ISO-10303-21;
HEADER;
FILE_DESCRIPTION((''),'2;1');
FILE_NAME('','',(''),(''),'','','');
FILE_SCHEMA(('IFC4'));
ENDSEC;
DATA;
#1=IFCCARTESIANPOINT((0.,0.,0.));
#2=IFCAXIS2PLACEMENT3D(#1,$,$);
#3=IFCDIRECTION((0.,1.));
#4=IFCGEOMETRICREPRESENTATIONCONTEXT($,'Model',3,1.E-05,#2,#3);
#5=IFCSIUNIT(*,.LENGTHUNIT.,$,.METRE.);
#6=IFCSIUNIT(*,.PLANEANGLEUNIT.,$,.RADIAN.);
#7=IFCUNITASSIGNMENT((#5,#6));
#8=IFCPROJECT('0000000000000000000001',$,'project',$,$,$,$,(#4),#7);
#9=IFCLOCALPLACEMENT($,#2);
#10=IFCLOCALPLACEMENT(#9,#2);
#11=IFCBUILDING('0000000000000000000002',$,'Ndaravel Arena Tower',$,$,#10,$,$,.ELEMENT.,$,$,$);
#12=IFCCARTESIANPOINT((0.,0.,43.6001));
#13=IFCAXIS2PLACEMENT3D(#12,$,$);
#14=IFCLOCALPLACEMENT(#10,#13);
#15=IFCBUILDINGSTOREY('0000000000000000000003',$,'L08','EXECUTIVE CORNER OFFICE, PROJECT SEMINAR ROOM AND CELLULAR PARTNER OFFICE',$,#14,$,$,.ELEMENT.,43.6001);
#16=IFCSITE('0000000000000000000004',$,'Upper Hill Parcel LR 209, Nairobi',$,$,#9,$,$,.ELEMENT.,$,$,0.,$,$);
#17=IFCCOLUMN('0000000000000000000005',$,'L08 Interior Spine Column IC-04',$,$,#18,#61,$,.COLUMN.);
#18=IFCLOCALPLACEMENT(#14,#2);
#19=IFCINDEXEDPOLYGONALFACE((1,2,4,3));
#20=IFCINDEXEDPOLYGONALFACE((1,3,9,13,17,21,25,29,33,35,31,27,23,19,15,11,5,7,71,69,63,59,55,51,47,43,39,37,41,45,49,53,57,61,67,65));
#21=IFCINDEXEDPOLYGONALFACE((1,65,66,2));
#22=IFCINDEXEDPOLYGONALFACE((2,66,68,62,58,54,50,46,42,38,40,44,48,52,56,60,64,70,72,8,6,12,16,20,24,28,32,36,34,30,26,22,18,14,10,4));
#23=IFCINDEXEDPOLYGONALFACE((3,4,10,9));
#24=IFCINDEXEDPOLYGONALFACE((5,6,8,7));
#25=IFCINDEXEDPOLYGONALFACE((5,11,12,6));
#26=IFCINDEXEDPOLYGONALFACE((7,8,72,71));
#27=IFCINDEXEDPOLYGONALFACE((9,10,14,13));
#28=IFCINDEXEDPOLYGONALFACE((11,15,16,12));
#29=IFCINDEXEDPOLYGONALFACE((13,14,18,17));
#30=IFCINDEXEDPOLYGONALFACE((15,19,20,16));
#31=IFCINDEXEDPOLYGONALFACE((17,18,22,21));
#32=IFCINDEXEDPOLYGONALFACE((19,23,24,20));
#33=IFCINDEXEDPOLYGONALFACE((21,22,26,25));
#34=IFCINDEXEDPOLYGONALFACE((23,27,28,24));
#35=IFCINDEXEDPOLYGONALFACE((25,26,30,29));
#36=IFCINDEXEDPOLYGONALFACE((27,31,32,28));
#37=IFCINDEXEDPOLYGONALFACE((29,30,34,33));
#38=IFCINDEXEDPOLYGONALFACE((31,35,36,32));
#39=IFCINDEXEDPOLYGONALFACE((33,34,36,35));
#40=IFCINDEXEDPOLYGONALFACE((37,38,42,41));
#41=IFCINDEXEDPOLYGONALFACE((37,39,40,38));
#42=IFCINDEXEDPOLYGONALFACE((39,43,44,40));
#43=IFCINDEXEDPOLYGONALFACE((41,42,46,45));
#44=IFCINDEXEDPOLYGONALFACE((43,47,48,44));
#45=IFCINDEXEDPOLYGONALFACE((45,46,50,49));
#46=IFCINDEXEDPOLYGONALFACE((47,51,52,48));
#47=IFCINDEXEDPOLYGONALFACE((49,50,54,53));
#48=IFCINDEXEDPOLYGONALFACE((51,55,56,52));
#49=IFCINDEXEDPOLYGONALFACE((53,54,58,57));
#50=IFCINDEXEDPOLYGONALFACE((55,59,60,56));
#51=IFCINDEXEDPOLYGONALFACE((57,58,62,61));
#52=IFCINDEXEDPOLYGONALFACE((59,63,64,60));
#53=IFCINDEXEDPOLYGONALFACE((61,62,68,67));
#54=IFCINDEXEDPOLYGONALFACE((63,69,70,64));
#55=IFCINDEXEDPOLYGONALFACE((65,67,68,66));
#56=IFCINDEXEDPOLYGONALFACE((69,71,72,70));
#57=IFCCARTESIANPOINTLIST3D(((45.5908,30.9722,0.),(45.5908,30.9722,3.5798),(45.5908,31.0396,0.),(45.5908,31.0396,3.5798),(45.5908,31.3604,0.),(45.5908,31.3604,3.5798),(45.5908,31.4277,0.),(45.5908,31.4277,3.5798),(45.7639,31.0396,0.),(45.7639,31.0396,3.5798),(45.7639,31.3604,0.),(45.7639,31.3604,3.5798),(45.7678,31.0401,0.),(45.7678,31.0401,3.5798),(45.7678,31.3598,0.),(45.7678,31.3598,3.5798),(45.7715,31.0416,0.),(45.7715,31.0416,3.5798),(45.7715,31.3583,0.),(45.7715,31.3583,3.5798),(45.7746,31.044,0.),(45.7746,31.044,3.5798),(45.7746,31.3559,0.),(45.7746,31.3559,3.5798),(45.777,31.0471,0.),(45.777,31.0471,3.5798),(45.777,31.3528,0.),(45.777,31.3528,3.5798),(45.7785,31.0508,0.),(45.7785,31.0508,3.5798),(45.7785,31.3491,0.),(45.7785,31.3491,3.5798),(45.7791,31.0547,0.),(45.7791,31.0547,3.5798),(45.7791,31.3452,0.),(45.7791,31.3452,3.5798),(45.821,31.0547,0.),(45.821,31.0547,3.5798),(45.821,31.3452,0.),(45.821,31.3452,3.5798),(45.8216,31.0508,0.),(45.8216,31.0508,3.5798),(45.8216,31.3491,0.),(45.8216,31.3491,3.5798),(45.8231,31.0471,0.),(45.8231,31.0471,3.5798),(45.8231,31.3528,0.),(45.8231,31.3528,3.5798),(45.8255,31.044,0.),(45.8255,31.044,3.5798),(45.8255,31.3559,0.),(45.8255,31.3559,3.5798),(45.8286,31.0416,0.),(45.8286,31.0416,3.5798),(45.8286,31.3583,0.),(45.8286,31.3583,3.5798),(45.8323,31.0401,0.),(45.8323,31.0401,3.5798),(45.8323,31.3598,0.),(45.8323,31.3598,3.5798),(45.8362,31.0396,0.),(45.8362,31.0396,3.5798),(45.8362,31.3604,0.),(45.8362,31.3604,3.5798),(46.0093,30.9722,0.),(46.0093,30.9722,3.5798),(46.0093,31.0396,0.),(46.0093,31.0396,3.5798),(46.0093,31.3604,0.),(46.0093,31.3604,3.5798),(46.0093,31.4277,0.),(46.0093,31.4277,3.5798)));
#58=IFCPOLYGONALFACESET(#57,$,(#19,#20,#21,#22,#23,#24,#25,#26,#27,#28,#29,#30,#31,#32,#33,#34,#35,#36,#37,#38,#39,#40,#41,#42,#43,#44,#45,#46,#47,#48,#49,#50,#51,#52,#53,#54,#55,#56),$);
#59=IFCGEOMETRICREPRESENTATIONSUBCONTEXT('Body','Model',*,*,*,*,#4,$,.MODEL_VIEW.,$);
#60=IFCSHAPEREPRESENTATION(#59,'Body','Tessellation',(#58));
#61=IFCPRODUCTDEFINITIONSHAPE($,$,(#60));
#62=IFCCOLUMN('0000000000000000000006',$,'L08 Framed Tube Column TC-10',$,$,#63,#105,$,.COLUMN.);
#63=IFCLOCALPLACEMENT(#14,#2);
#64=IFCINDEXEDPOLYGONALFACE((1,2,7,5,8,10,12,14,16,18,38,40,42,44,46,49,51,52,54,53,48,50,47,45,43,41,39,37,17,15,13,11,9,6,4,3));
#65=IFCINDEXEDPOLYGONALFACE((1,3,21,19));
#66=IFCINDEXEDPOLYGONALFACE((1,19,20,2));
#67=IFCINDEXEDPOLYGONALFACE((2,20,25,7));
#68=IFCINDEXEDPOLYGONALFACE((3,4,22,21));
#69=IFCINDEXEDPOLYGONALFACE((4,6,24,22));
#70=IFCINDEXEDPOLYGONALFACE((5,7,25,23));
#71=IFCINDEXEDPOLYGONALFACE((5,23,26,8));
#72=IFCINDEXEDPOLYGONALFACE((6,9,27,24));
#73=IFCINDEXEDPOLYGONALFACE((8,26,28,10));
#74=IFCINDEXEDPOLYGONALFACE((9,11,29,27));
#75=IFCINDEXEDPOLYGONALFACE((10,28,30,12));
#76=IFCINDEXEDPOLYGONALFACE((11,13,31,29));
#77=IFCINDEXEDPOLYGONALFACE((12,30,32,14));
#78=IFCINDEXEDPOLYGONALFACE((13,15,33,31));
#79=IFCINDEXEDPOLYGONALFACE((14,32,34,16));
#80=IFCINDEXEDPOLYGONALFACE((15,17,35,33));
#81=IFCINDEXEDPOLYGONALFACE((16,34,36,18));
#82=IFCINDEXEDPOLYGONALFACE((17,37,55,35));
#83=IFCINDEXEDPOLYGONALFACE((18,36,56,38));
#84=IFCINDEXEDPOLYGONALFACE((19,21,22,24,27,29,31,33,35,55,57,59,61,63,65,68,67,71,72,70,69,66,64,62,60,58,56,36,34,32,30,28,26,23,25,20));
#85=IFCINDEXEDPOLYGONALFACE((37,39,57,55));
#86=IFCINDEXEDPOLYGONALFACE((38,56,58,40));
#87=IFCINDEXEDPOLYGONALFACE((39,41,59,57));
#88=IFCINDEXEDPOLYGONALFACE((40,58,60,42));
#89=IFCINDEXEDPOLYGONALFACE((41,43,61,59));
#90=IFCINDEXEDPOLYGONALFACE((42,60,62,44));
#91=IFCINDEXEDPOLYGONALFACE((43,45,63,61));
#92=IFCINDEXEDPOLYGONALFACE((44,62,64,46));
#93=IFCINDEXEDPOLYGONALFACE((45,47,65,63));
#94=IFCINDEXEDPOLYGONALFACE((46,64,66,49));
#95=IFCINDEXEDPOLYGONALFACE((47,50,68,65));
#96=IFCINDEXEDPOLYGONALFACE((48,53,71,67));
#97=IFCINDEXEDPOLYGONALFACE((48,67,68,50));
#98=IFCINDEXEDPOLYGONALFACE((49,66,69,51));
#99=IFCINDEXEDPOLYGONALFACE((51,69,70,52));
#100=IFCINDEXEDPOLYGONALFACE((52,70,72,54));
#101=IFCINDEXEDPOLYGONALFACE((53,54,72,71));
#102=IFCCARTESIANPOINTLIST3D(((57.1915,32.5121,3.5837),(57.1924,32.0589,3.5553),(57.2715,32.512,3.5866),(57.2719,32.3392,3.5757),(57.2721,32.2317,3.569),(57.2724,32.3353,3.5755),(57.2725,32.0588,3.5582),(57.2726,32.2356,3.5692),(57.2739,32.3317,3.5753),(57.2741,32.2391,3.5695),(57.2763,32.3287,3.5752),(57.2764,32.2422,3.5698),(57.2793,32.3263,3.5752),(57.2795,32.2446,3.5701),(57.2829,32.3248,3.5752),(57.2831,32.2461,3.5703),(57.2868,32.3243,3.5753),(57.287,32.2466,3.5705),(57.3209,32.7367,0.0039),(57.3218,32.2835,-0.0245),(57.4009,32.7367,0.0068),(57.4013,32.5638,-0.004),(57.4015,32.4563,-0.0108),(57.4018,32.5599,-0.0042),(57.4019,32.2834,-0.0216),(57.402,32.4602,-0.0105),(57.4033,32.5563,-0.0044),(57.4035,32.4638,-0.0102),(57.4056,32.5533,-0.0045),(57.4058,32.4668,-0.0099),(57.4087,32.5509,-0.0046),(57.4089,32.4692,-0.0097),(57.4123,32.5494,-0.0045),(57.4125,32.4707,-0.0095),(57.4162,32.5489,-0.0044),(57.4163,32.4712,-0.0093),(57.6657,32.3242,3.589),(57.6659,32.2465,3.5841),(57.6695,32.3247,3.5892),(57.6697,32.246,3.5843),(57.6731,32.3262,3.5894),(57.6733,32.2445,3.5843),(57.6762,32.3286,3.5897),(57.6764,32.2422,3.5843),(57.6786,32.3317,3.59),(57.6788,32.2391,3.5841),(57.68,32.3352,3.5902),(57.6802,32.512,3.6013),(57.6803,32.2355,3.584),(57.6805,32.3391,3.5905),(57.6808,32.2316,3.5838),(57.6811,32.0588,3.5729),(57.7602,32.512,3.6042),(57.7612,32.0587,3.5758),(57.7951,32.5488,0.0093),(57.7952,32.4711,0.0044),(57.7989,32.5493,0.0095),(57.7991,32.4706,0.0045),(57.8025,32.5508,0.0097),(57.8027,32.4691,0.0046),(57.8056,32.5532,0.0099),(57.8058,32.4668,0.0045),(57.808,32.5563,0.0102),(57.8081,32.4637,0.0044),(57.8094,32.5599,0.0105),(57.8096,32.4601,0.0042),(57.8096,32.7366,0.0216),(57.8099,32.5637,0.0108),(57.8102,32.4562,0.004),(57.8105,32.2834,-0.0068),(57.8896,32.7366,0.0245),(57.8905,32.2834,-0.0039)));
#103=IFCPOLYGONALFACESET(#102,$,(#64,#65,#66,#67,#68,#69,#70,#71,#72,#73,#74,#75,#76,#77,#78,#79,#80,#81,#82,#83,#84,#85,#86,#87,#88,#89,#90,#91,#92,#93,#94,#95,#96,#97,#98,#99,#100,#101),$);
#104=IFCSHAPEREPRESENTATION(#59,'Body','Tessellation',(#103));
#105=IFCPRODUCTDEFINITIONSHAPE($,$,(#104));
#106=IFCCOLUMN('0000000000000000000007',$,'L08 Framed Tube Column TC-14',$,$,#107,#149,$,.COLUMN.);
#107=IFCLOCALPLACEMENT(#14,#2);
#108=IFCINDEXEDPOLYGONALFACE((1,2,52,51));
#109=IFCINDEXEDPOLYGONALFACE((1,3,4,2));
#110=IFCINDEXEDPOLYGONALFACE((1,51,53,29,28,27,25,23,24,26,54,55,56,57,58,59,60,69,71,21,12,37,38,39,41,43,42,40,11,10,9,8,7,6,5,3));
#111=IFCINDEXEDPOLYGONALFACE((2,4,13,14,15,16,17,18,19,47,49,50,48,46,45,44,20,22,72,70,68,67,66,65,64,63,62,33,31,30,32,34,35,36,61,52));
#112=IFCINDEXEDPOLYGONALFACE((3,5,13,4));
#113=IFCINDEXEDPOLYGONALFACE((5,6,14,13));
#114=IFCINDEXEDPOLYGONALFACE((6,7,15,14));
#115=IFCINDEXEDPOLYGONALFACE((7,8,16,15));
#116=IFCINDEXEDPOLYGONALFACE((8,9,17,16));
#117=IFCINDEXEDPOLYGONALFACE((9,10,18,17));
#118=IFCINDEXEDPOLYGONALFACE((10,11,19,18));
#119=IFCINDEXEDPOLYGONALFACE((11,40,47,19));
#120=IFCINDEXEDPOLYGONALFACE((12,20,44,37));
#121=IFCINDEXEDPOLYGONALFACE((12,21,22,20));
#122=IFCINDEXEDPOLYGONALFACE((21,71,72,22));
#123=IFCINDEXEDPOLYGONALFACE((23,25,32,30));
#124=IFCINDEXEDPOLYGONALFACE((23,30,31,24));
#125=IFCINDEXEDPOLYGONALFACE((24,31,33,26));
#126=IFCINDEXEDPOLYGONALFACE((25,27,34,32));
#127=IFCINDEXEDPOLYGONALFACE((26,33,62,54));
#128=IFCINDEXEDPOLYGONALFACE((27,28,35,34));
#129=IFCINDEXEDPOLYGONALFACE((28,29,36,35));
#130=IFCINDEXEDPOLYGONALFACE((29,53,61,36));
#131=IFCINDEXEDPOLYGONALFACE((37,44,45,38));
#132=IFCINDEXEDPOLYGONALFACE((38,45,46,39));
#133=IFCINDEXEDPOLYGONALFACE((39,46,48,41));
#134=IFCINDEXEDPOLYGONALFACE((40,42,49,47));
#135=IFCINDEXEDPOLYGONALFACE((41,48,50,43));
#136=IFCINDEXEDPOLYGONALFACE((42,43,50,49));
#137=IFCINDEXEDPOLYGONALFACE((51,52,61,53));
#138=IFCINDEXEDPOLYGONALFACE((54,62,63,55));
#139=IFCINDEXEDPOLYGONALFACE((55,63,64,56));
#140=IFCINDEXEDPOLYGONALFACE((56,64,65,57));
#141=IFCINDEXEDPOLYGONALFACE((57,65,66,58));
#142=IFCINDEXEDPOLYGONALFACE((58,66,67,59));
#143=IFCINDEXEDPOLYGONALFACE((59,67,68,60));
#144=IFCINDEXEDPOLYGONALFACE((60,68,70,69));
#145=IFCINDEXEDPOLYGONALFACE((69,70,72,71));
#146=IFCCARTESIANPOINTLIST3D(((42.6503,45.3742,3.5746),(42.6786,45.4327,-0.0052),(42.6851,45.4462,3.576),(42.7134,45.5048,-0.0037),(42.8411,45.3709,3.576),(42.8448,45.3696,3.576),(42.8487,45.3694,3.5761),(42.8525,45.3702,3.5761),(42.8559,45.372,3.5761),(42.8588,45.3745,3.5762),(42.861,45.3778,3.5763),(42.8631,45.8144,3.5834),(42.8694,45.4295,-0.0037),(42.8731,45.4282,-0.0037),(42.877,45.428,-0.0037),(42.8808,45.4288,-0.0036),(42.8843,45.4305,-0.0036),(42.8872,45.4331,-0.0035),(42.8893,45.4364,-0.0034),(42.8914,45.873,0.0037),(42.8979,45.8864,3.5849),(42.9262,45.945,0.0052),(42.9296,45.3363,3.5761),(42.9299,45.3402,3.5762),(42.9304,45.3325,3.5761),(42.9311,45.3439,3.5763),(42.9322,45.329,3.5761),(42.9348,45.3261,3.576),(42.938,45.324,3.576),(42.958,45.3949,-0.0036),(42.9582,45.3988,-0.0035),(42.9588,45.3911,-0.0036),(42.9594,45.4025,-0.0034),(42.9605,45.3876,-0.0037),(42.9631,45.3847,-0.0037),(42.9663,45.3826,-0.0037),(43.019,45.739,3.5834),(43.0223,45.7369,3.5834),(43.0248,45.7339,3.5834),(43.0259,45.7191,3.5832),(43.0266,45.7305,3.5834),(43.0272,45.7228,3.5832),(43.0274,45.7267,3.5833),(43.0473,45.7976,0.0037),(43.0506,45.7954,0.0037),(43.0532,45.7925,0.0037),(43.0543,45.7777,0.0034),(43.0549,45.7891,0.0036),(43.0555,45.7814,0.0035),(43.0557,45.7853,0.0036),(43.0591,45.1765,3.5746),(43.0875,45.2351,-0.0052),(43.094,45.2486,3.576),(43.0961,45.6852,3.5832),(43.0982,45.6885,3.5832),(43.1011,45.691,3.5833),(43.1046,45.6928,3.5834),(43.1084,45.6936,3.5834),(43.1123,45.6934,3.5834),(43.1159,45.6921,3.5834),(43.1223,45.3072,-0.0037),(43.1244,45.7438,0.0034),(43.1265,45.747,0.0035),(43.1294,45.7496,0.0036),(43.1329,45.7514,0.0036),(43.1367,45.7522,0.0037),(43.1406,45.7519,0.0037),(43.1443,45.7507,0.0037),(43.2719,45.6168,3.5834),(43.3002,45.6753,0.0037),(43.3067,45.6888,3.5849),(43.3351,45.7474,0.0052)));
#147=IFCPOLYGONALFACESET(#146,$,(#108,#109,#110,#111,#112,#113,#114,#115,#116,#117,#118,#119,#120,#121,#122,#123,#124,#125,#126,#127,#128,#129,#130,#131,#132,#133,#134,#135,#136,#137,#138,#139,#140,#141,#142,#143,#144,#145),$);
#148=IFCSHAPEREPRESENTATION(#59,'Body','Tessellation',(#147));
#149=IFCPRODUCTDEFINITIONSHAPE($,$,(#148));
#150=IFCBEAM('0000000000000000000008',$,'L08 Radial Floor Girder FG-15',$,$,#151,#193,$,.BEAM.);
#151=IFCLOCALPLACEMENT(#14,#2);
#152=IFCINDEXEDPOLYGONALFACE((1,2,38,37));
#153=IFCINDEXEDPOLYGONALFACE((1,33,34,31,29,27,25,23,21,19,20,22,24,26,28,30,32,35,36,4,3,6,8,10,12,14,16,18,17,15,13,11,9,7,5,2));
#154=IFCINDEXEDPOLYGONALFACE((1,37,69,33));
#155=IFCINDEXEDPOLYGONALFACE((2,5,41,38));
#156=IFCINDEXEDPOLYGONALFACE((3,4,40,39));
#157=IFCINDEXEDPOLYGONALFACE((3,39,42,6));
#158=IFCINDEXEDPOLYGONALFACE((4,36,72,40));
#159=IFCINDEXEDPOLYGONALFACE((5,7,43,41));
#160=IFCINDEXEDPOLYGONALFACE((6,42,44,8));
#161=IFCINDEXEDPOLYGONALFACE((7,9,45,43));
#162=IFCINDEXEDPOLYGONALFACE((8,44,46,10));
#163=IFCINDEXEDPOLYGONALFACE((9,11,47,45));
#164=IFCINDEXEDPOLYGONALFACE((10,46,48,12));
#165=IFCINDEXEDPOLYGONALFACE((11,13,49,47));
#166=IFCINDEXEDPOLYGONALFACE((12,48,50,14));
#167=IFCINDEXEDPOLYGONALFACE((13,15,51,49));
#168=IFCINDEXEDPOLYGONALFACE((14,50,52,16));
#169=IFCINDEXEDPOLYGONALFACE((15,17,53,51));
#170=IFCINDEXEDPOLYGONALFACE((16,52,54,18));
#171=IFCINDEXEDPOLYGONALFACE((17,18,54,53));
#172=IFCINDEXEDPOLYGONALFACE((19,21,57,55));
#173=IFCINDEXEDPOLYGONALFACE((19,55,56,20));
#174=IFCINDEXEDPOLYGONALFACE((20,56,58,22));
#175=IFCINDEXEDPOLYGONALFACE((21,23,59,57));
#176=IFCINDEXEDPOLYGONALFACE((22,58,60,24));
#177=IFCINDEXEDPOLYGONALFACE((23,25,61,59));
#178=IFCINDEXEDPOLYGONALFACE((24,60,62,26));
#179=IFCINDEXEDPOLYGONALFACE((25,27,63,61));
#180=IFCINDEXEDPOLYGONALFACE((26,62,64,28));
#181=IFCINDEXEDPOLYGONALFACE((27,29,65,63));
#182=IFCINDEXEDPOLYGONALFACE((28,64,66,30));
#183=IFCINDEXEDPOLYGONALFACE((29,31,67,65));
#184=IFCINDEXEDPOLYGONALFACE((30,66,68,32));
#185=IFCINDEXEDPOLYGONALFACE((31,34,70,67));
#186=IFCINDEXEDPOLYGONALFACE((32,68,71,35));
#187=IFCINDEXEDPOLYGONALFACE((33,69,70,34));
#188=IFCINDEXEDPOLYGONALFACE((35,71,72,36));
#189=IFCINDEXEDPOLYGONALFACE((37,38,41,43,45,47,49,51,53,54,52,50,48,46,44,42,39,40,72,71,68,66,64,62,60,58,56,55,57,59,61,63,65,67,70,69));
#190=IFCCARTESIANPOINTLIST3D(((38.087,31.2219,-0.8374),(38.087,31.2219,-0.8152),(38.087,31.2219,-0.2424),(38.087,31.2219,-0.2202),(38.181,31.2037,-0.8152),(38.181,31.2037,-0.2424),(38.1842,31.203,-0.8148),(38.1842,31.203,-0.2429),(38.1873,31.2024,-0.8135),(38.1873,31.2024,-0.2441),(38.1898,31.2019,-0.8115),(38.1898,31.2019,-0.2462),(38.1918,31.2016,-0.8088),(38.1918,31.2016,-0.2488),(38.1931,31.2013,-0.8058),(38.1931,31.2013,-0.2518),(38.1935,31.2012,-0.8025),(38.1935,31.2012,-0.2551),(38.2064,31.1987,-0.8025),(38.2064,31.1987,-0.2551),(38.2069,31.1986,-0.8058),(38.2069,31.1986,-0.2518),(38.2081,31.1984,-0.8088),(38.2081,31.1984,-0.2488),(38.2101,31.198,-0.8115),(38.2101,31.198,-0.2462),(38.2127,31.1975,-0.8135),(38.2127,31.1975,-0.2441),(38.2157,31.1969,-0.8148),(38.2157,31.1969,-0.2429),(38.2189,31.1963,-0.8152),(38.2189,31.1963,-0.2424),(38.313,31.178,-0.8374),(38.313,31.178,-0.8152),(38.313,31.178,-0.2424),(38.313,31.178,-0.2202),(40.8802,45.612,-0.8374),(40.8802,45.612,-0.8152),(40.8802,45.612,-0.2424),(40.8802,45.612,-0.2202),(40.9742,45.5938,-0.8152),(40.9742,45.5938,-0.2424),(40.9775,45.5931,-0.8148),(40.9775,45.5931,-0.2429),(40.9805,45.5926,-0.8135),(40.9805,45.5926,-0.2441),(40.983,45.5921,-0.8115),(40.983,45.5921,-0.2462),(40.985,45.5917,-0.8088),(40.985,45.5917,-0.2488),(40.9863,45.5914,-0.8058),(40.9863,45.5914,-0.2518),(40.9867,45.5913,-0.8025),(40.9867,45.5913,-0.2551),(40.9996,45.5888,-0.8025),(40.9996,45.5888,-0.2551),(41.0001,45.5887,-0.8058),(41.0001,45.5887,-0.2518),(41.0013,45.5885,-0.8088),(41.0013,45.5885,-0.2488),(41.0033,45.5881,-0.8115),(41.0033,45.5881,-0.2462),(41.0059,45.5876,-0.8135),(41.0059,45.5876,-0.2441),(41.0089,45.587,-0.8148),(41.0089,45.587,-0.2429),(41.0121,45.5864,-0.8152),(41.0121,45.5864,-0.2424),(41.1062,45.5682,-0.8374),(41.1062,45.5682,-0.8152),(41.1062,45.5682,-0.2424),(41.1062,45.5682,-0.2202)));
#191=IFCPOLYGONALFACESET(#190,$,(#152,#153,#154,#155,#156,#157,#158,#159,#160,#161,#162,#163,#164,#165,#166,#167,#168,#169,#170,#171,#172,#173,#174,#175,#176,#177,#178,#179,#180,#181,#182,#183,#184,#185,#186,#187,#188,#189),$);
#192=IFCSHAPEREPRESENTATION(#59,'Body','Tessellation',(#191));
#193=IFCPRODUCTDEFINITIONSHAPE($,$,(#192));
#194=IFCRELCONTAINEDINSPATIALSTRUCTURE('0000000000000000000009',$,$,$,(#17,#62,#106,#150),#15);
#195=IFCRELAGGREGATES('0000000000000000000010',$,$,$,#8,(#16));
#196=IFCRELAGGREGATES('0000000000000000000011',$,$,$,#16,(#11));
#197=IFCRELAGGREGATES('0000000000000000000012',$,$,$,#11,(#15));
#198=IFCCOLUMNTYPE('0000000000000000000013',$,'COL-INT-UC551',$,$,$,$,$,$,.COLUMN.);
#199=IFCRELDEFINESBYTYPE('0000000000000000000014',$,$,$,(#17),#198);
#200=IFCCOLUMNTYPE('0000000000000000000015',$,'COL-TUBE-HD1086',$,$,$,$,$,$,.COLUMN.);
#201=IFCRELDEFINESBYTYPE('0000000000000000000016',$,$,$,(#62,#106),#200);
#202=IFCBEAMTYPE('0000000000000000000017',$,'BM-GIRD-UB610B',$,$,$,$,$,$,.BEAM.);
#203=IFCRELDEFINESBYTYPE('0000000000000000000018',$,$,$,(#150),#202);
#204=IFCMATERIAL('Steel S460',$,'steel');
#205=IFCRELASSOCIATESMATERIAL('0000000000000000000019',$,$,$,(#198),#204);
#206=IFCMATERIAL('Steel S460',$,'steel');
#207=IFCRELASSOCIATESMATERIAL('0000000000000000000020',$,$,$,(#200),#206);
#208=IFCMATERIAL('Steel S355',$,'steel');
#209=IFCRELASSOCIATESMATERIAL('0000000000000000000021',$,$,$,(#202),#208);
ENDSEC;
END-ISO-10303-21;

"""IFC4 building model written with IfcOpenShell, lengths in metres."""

from ifc_helpers import new_model, si_unit, direction, frame, origin, origin_2d, place, context, subcontext, project, spatial, i_section, extrude, material, material_profile, profile_set, type_object, element, save


model = new_model("IFC4")

# Units and contexts
model_context = context("Model", 3, precision=1e-05, world=origin(), true_north=direction((0.0, 1.0)))
body_context = subcontext(model_context, "Body", "Model", "MODEL_VIEW")
ifc_project = project(units=[si_unit("LENGTHUNIT", "METRE"), si_unit("PLANEANGLEUNIT", "RADIAN")], contexts=[model_context])

# Site, building, storey
site_placement = place(None, origin())
site = spatial("IfcSite", under=ifc_project, at=site_placement, Name="Upper Hill Parcel LR 209, Nairobi", CompositionType="ELEMENT", RefElevation=0.0)
building_placement = place(site_placement, origin())
building = spatial("IfcBuilding", under=site, at=building_placement, Name="Ndaravel Arena Tower", CompositionType="ELEMENT")
storey_placement = place(building_placement, frame((0.0, 0.0, 43.6001)))
storey = spatial("IfcBuildingStorey", under=building, at=storey_placement, Name="L08", Description="EXECUTIVE CORNER OFFICE, PROJECT SEMINAR ROOM AND CELLULAR PARTNER OFFICE", CompositionType="ELEMENT", Elevation=43.6001)

# Columns
ifc_material_1 = material(Name="Steel S460", Category="steel")
ifc_material_profile_1 = material_profile(ifc_material_1, i_section(OverallWidth=0.4185, OverallDepth=0.4556, WebThickness=0.042, FlangeThickness=0.0674, FilletRadius=0.0151, at=origin_2d()), Name="UC 356x406x551")
ifc_profile_set_1 = profile_set([ifc_material_profile_1], Name="Steel S460")
column_type_1 = type_object("IfcColumnType", Name="COL-INT-UC551", PredefinedType="COLUMN", material=ifc_profile_set_1)
column_1_placement = place(storey_placement, frame((45.8, 31.2, 0.0), z_axis=(0.0, 0.0, 1.0), x_axis=(1.0, 0.0, 0.0)))
element("IfcColumn", 1, at=column_1_placement, inside=storey, type_object=column_type_1, Name="L08 Interior Spine Column IC-04", PredefinedType="COLUMN", context=body_context, shape_type="SweptSolid", body=[
    extrude(i_section(OverallWidth=0.4185, OverallDepth=0.4556, WebThickness=0.042, FlangeThickness=0.0674, FilletRadius=0.0151, at=origin_2d()), origin(), (0.0, 0.0, 1.0), 3.5798),
])
ifc_material_2 = material(Name="Steel S460", Category="steel")
ifc_material_profile_2 = material_profile(ifc_material_2, i_section(OverallWidth=0.4541, OverallDepth=0.5691, WebThickness=0.0779, FlangeThickness=0.0801, FilletRadius=0.0149, at=origin_2d()), Name="HD 400x1086")
ifc_profile_set_2 = profile_set([ifc_material_profile_2], Name="Steel S460")
column_type_2 = type_object("IfcColumnType", Name="COL-TUBE-HD1086", PredefinedType="COLUMN", material=ifc_profile_set_2)
column_2_placement = place(storey_placement, frame((57.6057, 32.51, 0.0), z_axis=(-0.036051, -0.062579, 0.997389), x_axis=(-0.002077, 0.99804, 0.062545)))
element("IfcColumn", 2, at=column_2_placement, inside=storey, type_object=column_type_2, Name="L08 Framed Tube Column TC-10", PredefinedType="COLUMN", context=body_context, shape_type="SweptSolid", body=[
    extrude(i_section(OverallWidth=0.4541, OverallDepth=0.5691, WebThickness=0.0779, FlangeThickness=0.0801, FilletRadius=0.0149, at=origin_2d()), origin(), (0.0, 0.0, 1.0), 3.5891),
])
column_3_placement = place(storey_placement, frame((43.0068, 45.5901, 0.0), z_axis=(-0.00791, -0.016365, 0.999835), x_axis=(0.900349, -0.435169, 0.0)))
element("IfcColumn", 3, at=column_3_placement, inside=storey, type_object=column_type_2, Name="L08 Framed Tube Column TC-14", PredefinedType="COLUMN", context=body_context, shape_type="SweptSolid", body=[
    extrude(i_section(OverallWidth=0.4541, OverallDepth=0.5691, WebThickness=0.0779, FlangeThickness=0.0801, FilletRadius=0.0149, at=origin_2d()), origin(), (0.0, 0.0, 1.0), 3.5803),
])

# Beam
ifc_material_3 = material(Name="Steel S355", Category="steel")
ifc_material_profile_3 = material_profile(ifc_material_3, i_section(OverallWidth=0.2302, OverallDepth=0.6172, WebThickness=0.0132, FlangeThickness=0.0222, FilletRadius=0.0127, at=origin_2d()), Name="UB 610x229x140")
ifc_profile_set_3 = profile_set([ifc_material_profile_3], Name="Steel S355")
beam_type_1 = type_object("IfcBeamType", Name="BM-GIRD-UB610B", PredefinedType="BEAM", material=ifc_profile_set_3)
beam_1_placement = place(storey_placement, frame((40.9932, 45.5901, -0.5288), z_axis=(-0.19055, -0.981678, 0.0), x_axis=(0.981678, -0.19055, 0.0)))
element("IfcBeam", 4, at=beam_1_placement, inside=storey, type_object=beam_type_1, Name="L08 Radial Floor Girder FG-15", PredefinedType="BEAM", context=body_context, shape_type="SweptSolid", body=[
    extrude(i_section(OverallWidth=0.2302, OverallDepth=0.6172, WebThickness=0.0132, FlangeThickness=0.0222, FilletRadius=0.0127, at=origin_2d()), origin(), (0.0, 0.0, 1.0), 14.6587),
])

save(model, "model.ifc")
